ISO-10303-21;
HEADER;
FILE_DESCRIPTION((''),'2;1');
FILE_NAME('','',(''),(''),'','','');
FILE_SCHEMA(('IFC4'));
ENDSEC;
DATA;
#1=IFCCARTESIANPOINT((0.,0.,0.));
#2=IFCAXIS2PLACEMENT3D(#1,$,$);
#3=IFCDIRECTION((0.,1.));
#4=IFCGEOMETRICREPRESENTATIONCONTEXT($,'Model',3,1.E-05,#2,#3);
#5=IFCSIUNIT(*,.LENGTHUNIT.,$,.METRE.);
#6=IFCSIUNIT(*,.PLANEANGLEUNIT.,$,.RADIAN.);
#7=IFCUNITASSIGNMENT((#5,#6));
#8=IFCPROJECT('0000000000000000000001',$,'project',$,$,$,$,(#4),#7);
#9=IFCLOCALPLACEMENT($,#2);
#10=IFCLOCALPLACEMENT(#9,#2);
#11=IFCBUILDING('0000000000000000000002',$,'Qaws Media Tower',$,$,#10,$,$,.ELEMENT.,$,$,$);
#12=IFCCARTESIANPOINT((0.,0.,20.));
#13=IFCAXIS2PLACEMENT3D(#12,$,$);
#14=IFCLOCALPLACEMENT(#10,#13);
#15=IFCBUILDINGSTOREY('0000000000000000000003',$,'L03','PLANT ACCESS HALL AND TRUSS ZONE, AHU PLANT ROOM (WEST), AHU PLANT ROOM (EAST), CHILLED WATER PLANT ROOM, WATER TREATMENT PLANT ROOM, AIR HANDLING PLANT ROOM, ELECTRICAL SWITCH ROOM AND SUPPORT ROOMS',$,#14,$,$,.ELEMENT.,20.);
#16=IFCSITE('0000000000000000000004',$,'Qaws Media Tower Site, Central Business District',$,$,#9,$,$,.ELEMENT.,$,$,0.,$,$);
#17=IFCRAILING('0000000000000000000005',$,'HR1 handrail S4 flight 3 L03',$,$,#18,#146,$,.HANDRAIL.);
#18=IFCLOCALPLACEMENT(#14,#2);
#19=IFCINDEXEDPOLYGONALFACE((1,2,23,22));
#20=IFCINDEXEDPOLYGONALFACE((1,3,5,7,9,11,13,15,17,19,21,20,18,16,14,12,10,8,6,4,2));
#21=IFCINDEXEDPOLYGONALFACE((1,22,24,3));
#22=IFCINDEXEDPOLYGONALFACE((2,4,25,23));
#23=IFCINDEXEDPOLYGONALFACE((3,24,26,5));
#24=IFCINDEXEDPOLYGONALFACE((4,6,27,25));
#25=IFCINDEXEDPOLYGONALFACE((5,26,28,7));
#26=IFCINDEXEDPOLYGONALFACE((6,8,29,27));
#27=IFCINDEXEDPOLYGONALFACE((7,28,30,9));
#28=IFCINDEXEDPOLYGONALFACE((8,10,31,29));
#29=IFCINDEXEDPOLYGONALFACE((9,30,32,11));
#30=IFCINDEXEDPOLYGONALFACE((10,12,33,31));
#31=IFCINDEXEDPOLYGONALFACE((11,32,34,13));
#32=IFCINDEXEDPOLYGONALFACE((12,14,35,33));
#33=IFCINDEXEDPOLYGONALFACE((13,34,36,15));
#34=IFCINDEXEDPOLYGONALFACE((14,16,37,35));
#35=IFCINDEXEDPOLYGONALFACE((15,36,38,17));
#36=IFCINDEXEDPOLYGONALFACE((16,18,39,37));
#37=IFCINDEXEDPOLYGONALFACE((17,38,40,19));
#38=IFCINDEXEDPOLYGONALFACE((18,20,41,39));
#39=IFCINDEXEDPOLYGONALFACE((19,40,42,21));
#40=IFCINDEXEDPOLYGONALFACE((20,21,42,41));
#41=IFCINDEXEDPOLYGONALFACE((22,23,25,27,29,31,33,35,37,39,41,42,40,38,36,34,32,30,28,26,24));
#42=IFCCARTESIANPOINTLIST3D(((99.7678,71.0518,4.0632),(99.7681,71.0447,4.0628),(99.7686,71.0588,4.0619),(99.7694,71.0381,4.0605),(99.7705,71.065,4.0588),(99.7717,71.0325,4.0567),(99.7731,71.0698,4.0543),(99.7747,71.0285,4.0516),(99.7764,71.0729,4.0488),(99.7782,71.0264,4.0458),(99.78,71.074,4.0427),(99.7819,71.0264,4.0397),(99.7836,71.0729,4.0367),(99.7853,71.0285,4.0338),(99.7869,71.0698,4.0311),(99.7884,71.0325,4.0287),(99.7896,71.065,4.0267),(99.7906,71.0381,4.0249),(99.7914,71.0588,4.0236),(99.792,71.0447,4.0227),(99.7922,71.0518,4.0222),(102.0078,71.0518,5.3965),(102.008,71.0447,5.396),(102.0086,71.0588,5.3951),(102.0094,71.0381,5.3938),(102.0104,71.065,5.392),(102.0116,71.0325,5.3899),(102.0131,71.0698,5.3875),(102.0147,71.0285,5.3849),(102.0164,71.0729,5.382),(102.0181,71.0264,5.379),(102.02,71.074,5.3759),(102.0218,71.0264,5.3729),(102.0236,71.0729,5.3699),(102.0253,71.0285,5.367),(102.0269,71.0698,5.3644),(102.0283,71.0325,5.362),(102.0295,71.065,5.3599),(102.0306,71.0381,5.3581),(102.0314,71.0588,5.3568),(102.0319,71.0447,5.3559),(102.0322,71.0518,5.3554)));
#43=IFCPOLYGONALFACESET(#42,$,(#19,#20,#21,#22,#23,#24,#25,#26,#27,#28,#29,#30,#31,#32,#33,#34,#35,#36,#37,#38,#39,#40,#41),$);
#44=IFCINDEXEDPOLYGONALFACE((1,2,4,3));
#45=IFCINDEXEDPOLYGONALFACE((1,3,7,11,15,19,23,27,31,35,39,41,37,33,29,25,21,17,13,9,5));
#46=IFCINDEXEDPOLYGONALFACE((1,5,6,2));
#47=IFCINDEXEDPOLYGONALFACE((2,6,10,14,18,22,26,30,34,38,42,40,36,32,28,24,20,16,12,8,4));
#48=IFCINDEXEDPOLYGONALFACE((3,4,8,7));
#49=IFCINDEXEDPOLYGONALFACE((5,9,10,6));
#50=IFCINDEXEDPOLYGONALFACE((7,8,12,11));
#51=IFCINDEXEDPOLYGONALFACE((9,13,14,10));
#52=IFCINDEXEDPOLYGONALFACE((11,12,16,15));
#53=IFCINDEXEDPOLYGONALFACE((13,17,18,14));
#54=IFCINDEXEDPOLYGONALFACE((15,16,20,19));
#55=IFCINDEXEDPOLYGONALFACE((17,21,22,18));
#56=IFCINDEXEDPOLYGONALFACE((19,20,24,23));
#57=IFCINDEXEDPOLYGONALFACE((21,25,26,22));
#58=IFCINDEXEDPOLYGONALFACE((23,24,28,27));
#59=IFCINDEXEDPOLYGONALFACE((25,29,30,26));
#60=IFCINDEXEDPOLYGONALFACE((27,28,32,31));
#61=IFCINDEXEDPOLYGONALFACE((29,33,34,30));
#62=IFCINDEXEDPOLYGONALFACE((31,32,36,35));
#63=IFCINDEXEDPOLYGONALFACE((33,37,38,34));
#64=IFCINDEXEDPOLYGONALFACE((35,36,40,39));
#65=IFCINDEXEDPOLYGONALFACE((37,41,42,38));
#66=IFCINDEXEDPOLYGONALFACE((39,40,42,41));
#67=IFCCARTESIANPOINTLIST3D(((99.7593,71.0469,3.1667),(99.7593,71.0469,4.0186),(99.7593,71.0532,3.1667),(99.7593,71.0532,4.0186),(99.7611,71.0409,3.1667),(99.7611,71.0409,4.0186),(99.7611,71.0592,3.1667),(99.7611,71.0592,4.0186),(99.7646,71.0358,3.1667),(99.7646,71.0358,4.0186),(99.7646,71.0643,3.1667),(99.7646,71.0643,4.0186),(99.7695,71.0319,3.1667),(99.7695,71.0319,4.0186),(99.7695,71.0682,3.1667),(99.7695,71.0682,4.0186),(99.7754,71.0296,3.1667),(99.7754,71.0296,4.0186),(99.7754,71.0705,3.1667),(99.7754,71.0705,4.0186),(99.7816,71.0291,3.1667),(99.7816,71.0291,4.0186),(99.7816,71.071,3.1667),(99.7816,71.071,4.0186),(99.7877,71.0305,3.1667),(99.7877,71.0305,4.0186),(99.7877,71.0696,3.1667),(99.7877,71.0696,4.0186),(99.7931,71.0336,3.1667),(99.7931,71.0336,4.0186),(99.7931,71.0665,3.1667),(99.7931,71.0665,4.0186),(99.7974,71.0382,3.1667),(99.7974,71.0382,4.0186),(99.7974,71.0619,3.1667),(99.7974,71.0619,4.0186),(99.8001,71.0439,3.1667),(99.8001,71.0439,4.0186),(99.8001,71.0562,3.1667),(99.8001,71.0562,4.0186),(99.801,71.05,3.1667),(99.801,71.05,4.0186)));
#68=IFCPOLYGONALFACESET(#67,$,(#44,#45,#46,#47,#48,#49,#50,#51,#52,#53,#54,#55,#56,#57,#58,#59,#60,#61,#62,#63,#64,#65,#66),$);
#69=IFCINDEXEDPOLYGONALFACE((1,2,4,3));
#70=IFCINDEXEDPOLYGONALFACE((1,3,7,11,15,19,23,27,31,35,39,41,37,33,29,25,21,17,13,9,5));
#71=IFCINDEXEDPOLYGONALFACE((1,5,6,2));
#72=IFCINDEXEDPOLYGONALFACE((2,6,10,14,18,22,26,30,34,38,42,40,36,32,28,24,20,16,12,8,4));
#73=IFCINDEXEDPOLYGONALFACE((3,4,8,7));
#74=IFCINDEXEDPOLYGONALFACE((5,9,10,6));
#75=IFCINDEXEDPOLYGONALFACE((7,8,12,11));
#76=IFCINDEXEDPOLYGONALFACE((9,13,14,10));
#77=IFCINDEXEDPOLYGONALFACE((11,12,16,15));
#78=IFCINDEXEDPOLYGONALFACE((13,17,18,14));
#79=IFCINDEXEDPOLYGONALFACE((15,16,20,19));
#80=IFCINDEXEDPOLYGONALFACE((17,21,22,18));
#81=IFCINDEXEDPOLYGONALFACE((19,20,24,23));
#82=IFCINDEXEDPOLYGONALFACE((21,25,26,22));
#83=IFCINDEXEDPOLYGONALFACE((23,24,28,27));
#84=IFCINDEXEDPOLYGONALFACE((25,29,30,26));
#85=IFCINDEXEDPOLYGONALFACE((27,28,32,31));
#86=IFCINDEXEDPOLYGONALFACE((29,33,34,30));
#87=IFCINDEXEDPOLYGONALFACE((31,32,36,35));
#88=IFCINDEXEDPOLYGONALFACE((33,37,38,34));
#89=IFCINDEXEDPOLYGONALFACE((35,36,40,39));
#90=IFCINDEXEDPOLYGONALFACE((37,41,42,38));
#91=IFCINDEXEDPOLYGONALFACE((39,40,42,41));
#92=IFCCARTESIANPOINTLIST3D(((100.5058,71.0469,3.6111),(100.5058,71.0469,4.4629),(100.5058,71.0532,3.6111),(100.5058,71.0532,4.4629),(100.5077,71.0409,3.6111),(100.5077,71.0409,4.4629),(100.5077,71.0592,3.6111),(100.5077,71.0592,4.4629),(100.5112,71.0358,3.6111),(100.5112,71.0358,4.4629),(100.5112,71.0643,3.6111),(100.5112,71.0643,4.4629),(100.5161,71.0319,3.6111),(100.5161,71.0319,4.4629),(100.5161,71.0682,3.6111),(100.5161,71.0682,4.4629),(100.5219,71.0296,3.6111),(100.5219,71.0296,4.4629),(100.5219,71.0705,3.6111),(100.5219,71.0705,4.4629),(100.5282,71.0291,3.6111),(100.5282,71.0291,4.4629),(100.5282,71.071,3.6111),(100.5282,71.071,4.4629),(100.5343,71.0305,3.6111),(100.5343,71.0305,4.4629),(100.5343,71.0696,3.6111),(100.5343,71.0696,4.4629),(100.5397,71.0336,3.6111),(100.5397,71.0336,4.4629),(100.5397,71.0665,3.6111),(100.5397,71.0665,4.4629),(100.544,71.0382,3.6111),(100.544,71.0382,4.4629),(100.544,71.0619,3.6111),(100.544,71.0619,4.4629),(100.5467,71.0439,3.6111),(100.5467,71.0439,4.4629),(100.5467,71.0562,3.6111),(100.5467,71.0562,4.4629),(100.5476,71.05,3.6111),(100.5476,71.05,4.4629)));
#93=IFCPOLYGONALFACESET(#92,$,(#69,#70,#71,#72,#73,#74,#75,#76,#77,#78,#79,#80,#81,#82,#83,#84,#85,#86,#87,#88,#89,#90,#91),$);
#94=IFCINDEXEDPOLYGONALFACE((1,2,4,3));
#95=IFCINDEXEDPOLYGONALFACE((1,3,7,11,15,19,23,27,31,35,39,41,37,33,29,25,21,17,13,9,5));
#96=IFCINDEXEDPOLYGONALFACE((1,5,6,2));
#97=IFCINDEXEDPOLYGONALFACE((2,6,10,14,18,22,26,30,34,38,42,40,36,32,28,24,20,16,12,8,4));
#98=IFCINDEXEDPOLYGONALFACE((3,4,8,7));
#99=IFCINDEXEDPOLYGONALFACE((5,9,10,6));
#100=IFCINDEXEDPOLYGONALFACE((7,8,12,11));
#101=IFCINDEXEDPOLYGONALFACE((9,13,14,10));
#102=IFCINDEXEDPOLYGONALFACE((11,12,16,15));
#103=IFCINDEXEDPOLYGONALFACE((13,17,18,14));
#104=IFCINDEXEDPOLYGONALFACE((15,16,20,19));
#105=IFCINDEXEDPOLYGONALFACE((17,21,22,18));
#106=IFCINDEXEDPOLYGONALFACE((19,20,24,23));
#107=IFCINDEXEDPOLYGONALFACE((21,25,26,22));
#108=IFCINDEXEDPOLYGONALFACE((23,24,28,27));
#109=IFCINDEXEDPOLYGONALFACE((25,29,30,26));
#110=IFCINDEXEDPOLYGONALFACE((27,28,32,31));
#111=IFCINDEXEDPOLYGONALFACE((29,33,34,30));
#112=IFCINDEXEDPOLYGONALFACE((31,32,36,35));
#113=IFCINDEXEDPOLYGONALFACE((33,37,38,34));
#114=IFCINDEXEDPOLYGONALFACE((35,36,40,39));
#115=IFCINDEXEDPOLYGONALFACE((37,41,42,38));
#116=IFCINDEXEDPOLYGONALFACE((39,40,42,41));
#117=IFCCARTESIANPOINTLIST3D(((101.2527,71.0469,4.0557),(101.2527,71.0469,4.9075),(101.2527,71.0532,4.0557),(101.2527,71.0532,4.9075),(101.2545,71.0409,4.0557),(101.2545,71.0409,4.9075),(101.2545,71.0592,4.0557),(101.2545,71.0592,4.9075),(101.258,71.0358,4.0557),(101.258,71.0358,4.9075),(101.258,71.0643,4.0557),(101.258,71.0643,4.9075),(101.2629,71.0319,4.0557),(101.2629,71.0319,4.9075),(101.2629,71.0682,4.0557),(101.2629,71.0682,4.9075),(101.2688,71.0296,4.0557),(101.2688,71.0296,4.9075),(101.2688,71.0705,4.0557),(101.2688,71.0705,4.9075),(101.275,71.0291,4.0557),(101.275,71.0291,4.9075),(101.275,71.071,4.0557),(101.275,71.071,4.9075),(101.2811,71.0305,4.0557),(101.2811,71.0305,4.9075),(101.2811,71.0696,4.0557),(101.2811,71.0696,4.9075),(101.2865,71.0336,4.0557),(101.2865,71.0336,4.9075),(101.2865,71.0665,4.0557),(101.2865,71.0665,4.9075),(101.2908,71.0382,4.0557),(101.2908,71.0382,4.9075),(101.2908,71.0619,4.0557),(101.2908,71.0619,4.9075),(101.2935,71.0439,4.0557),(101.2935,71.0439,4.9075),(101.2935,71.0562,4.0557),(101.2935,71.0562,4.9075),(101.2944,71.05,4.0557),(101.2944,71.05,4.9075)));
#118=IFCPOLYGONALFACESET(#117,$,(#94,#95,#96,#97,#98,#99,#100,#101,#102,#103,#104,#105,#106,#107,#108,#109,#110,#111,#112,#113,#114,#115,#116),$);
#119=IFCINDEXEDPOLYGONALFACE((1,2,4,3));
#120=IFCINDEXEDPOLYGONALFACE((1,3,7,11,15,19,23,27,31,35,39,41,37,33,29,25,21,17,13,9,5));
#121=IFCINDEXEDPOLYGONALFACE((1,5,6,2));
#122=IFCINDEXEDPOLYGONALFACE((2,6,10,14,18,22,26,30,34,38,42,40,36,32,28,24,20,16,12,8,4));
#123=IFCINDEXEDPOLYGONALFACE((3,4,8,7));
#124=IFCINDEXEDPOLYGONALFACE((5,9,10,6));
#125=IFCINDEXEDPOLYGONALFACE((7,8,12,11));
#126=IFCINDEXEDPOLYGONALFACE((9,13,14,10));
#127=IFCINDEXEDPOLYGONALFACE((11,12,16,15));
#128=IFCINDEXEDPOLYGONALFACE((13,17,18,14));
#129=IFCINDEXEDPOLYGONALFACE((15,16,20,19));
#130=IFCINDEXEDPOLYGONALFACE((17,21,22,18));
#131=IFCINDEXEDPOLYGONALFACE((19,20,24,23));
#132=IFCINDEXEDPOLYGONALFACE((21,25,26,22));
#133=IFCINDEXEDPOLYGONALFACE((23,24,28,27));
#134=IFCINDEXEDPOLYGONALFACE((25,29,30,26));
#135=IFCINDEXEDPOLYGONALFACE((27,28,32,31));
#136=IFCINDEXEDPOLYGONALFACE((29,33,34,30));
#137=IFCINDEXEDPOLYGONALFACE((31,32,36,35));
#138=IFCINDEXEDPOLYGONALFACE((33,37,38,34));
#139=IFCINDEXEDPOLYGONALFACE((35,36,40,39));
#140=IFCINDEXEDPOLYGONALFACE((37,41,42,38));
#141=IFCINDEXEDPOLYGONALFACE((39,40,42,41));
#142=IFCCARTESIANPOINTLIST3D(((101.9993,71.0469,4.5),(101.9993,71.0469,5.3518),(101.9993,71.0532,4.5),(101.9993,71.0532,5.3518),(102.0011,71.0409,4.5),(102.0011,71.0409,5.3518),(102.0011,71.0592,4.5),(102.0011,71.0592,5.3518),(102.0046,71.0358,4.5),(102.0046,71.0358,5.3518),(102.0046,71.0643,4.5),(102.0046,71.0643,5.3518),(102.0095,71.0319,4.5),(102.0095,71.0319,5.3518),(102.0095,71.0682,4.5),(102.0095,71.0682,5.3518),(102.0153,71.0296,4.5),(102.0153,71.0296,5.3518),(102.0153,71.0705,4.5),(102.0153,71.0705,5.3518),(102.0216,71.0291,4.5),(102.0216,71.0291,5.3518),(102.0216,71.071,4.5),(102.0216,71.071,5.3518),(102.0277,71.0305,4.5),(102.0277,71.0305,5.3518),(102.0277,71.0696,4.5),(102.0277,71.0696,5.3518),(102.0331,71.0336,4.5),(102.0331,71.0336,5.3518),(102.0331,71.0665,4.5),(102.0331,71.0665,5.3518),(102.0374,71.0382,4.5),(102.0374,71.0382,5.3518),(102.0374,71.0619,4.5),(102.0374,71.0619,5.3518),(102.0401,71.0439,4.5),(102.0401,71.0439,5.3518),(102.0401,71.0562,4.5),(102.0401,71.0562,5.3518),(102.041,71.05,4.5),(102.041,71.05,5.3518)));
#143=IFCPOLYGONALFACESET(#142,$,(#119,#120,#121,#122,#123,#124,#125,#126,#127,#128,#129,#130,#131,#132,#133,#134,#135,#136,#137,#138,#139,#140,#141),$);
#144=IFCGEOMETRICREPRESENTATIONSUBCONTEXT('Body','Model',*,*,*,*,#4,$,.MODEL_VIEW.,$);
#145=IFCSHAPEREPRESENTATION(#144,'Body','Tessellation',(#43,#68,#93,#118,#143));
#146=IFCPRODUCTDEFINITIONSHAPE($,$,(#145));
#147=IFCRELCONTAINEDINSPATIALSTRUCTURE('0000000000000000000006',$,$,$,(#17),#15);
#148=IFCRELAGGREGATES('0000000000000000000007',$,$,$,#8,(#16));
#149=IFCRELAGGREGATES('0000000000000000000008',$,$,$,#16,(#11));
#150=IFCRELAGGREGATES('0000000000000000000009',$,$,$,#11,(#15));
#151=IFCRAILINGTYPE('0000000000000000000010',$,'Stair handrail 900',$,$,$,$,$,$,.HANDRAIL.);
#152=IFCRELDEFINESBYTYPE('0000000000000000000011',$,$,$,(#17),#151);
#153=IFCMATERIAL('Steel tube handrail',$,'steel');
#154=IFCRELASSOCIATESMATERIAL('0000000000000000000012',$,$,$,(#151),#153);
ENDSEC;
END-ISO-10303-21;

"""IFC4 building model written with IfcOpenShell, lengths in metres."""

from ifc_helpers import new_model, si_unit, direction, frame, origin, origin_2d, place, context, subcontext, project, spatial, circle, extrude, material, type_object, element, save


model = new_model("IFC4")

# Units and contexts
model_context = context("Model", 3, precision=1e-05, world=origin(), true_north=direction((0.0, 1.0)))
body_context = subcontext(model_context, "Body", "Model", "MODEL_VIEW")
ifc_project = project(units=[si_unit("LENGTHUNIT", "METRE"), si_unit("PLANEANGLEUNIT", "RADIAN")], contexts=[model_context])

# Site, building, storey
site_placement = place(None, origin())
site = spatial("IfcSite", under=ifc_project, at=site_placement, Name="Qaws Media Tower Site, Central Business District", CompositionType="ELEMENT", RefElevation=0.0)
building_placement = place(site_placement, origin())
building = spatial("IfcBuilding", under=site, at=building_placement, Name="Qaws Media Tower", CompositionType="ELEMENT")
storey_placement = place(building_placement, frame((0.0, 0.0, 20.0)))
storey = spatial("IfcBuildingStorey", under=building, at=storey_placement, Name="L03", Description="PLANT ACCESS HALL AND TRUSS ZONE, AHU PLANT ROOM (WEST), AHU PLANT ROOM (EAST), CHILLED WATER PLANT ROOM, WATER TREATMENT PLANT ROOM, AIR HANDLING PLANT ROOM, ELECTRICAL SWITCH ROOM AND SUPPORT ROOMS", CompositionType="ELEMENT", Elevation=20.0)

# Railing
ifc_material_1 = material(Name="Steel tube handrail", Category="steel")
railing_type_1 = type_object("IfcRailingType", Name="Stair handrail 900", PredefinedType="HANDRAIL", material=ifc_material_1)
for number, where, name in (
    (1, (99.78, 71.05, 3.1667), "HR1 handrail S4 flight 3 L03"),
):
    element("IfcRailing", number, at=place(storey_placement, frame(where)), inside=storey, type_object=railing_type_1, Name=name, PredefinedType="HANDRAIL", context=body_context, shape_type="SweptSolid", body=[
        extrude(circle(Radius=0.0239, at=origin_2d()), frame((0.0, 0.0, 0.876), z_axis=(0.859306, 0.0, 0.511462), x_axis=(0.0, 1.0, 0.0)), (0.0, 0.0, 1.0), 2.6067),
        extrude(circle(Radius=0.021, at=origin_2d()), origin(), (0.0, 0.0, 1.0), 0.8518),
        extrude(circle(Radius=0.021, at=origin_2d()), frame((0.7466, 0.0, 0.4443)), (0.0, 0.0, 1.0), 0.8518),
        extrude(circle(Radius=0.021, at=origin_2d()), frame((1.4934, 0.0, 0.8889)), (0.0, 0.0, 1.0), 0.8518),
        extrude(circle(Radius=0.021, at=origin_2d()), frame((2.24, 0.0, 1.3333)), (0.0, 0.0, 1.0), 0.8518),
    ])

save(model, "model.ifc")
